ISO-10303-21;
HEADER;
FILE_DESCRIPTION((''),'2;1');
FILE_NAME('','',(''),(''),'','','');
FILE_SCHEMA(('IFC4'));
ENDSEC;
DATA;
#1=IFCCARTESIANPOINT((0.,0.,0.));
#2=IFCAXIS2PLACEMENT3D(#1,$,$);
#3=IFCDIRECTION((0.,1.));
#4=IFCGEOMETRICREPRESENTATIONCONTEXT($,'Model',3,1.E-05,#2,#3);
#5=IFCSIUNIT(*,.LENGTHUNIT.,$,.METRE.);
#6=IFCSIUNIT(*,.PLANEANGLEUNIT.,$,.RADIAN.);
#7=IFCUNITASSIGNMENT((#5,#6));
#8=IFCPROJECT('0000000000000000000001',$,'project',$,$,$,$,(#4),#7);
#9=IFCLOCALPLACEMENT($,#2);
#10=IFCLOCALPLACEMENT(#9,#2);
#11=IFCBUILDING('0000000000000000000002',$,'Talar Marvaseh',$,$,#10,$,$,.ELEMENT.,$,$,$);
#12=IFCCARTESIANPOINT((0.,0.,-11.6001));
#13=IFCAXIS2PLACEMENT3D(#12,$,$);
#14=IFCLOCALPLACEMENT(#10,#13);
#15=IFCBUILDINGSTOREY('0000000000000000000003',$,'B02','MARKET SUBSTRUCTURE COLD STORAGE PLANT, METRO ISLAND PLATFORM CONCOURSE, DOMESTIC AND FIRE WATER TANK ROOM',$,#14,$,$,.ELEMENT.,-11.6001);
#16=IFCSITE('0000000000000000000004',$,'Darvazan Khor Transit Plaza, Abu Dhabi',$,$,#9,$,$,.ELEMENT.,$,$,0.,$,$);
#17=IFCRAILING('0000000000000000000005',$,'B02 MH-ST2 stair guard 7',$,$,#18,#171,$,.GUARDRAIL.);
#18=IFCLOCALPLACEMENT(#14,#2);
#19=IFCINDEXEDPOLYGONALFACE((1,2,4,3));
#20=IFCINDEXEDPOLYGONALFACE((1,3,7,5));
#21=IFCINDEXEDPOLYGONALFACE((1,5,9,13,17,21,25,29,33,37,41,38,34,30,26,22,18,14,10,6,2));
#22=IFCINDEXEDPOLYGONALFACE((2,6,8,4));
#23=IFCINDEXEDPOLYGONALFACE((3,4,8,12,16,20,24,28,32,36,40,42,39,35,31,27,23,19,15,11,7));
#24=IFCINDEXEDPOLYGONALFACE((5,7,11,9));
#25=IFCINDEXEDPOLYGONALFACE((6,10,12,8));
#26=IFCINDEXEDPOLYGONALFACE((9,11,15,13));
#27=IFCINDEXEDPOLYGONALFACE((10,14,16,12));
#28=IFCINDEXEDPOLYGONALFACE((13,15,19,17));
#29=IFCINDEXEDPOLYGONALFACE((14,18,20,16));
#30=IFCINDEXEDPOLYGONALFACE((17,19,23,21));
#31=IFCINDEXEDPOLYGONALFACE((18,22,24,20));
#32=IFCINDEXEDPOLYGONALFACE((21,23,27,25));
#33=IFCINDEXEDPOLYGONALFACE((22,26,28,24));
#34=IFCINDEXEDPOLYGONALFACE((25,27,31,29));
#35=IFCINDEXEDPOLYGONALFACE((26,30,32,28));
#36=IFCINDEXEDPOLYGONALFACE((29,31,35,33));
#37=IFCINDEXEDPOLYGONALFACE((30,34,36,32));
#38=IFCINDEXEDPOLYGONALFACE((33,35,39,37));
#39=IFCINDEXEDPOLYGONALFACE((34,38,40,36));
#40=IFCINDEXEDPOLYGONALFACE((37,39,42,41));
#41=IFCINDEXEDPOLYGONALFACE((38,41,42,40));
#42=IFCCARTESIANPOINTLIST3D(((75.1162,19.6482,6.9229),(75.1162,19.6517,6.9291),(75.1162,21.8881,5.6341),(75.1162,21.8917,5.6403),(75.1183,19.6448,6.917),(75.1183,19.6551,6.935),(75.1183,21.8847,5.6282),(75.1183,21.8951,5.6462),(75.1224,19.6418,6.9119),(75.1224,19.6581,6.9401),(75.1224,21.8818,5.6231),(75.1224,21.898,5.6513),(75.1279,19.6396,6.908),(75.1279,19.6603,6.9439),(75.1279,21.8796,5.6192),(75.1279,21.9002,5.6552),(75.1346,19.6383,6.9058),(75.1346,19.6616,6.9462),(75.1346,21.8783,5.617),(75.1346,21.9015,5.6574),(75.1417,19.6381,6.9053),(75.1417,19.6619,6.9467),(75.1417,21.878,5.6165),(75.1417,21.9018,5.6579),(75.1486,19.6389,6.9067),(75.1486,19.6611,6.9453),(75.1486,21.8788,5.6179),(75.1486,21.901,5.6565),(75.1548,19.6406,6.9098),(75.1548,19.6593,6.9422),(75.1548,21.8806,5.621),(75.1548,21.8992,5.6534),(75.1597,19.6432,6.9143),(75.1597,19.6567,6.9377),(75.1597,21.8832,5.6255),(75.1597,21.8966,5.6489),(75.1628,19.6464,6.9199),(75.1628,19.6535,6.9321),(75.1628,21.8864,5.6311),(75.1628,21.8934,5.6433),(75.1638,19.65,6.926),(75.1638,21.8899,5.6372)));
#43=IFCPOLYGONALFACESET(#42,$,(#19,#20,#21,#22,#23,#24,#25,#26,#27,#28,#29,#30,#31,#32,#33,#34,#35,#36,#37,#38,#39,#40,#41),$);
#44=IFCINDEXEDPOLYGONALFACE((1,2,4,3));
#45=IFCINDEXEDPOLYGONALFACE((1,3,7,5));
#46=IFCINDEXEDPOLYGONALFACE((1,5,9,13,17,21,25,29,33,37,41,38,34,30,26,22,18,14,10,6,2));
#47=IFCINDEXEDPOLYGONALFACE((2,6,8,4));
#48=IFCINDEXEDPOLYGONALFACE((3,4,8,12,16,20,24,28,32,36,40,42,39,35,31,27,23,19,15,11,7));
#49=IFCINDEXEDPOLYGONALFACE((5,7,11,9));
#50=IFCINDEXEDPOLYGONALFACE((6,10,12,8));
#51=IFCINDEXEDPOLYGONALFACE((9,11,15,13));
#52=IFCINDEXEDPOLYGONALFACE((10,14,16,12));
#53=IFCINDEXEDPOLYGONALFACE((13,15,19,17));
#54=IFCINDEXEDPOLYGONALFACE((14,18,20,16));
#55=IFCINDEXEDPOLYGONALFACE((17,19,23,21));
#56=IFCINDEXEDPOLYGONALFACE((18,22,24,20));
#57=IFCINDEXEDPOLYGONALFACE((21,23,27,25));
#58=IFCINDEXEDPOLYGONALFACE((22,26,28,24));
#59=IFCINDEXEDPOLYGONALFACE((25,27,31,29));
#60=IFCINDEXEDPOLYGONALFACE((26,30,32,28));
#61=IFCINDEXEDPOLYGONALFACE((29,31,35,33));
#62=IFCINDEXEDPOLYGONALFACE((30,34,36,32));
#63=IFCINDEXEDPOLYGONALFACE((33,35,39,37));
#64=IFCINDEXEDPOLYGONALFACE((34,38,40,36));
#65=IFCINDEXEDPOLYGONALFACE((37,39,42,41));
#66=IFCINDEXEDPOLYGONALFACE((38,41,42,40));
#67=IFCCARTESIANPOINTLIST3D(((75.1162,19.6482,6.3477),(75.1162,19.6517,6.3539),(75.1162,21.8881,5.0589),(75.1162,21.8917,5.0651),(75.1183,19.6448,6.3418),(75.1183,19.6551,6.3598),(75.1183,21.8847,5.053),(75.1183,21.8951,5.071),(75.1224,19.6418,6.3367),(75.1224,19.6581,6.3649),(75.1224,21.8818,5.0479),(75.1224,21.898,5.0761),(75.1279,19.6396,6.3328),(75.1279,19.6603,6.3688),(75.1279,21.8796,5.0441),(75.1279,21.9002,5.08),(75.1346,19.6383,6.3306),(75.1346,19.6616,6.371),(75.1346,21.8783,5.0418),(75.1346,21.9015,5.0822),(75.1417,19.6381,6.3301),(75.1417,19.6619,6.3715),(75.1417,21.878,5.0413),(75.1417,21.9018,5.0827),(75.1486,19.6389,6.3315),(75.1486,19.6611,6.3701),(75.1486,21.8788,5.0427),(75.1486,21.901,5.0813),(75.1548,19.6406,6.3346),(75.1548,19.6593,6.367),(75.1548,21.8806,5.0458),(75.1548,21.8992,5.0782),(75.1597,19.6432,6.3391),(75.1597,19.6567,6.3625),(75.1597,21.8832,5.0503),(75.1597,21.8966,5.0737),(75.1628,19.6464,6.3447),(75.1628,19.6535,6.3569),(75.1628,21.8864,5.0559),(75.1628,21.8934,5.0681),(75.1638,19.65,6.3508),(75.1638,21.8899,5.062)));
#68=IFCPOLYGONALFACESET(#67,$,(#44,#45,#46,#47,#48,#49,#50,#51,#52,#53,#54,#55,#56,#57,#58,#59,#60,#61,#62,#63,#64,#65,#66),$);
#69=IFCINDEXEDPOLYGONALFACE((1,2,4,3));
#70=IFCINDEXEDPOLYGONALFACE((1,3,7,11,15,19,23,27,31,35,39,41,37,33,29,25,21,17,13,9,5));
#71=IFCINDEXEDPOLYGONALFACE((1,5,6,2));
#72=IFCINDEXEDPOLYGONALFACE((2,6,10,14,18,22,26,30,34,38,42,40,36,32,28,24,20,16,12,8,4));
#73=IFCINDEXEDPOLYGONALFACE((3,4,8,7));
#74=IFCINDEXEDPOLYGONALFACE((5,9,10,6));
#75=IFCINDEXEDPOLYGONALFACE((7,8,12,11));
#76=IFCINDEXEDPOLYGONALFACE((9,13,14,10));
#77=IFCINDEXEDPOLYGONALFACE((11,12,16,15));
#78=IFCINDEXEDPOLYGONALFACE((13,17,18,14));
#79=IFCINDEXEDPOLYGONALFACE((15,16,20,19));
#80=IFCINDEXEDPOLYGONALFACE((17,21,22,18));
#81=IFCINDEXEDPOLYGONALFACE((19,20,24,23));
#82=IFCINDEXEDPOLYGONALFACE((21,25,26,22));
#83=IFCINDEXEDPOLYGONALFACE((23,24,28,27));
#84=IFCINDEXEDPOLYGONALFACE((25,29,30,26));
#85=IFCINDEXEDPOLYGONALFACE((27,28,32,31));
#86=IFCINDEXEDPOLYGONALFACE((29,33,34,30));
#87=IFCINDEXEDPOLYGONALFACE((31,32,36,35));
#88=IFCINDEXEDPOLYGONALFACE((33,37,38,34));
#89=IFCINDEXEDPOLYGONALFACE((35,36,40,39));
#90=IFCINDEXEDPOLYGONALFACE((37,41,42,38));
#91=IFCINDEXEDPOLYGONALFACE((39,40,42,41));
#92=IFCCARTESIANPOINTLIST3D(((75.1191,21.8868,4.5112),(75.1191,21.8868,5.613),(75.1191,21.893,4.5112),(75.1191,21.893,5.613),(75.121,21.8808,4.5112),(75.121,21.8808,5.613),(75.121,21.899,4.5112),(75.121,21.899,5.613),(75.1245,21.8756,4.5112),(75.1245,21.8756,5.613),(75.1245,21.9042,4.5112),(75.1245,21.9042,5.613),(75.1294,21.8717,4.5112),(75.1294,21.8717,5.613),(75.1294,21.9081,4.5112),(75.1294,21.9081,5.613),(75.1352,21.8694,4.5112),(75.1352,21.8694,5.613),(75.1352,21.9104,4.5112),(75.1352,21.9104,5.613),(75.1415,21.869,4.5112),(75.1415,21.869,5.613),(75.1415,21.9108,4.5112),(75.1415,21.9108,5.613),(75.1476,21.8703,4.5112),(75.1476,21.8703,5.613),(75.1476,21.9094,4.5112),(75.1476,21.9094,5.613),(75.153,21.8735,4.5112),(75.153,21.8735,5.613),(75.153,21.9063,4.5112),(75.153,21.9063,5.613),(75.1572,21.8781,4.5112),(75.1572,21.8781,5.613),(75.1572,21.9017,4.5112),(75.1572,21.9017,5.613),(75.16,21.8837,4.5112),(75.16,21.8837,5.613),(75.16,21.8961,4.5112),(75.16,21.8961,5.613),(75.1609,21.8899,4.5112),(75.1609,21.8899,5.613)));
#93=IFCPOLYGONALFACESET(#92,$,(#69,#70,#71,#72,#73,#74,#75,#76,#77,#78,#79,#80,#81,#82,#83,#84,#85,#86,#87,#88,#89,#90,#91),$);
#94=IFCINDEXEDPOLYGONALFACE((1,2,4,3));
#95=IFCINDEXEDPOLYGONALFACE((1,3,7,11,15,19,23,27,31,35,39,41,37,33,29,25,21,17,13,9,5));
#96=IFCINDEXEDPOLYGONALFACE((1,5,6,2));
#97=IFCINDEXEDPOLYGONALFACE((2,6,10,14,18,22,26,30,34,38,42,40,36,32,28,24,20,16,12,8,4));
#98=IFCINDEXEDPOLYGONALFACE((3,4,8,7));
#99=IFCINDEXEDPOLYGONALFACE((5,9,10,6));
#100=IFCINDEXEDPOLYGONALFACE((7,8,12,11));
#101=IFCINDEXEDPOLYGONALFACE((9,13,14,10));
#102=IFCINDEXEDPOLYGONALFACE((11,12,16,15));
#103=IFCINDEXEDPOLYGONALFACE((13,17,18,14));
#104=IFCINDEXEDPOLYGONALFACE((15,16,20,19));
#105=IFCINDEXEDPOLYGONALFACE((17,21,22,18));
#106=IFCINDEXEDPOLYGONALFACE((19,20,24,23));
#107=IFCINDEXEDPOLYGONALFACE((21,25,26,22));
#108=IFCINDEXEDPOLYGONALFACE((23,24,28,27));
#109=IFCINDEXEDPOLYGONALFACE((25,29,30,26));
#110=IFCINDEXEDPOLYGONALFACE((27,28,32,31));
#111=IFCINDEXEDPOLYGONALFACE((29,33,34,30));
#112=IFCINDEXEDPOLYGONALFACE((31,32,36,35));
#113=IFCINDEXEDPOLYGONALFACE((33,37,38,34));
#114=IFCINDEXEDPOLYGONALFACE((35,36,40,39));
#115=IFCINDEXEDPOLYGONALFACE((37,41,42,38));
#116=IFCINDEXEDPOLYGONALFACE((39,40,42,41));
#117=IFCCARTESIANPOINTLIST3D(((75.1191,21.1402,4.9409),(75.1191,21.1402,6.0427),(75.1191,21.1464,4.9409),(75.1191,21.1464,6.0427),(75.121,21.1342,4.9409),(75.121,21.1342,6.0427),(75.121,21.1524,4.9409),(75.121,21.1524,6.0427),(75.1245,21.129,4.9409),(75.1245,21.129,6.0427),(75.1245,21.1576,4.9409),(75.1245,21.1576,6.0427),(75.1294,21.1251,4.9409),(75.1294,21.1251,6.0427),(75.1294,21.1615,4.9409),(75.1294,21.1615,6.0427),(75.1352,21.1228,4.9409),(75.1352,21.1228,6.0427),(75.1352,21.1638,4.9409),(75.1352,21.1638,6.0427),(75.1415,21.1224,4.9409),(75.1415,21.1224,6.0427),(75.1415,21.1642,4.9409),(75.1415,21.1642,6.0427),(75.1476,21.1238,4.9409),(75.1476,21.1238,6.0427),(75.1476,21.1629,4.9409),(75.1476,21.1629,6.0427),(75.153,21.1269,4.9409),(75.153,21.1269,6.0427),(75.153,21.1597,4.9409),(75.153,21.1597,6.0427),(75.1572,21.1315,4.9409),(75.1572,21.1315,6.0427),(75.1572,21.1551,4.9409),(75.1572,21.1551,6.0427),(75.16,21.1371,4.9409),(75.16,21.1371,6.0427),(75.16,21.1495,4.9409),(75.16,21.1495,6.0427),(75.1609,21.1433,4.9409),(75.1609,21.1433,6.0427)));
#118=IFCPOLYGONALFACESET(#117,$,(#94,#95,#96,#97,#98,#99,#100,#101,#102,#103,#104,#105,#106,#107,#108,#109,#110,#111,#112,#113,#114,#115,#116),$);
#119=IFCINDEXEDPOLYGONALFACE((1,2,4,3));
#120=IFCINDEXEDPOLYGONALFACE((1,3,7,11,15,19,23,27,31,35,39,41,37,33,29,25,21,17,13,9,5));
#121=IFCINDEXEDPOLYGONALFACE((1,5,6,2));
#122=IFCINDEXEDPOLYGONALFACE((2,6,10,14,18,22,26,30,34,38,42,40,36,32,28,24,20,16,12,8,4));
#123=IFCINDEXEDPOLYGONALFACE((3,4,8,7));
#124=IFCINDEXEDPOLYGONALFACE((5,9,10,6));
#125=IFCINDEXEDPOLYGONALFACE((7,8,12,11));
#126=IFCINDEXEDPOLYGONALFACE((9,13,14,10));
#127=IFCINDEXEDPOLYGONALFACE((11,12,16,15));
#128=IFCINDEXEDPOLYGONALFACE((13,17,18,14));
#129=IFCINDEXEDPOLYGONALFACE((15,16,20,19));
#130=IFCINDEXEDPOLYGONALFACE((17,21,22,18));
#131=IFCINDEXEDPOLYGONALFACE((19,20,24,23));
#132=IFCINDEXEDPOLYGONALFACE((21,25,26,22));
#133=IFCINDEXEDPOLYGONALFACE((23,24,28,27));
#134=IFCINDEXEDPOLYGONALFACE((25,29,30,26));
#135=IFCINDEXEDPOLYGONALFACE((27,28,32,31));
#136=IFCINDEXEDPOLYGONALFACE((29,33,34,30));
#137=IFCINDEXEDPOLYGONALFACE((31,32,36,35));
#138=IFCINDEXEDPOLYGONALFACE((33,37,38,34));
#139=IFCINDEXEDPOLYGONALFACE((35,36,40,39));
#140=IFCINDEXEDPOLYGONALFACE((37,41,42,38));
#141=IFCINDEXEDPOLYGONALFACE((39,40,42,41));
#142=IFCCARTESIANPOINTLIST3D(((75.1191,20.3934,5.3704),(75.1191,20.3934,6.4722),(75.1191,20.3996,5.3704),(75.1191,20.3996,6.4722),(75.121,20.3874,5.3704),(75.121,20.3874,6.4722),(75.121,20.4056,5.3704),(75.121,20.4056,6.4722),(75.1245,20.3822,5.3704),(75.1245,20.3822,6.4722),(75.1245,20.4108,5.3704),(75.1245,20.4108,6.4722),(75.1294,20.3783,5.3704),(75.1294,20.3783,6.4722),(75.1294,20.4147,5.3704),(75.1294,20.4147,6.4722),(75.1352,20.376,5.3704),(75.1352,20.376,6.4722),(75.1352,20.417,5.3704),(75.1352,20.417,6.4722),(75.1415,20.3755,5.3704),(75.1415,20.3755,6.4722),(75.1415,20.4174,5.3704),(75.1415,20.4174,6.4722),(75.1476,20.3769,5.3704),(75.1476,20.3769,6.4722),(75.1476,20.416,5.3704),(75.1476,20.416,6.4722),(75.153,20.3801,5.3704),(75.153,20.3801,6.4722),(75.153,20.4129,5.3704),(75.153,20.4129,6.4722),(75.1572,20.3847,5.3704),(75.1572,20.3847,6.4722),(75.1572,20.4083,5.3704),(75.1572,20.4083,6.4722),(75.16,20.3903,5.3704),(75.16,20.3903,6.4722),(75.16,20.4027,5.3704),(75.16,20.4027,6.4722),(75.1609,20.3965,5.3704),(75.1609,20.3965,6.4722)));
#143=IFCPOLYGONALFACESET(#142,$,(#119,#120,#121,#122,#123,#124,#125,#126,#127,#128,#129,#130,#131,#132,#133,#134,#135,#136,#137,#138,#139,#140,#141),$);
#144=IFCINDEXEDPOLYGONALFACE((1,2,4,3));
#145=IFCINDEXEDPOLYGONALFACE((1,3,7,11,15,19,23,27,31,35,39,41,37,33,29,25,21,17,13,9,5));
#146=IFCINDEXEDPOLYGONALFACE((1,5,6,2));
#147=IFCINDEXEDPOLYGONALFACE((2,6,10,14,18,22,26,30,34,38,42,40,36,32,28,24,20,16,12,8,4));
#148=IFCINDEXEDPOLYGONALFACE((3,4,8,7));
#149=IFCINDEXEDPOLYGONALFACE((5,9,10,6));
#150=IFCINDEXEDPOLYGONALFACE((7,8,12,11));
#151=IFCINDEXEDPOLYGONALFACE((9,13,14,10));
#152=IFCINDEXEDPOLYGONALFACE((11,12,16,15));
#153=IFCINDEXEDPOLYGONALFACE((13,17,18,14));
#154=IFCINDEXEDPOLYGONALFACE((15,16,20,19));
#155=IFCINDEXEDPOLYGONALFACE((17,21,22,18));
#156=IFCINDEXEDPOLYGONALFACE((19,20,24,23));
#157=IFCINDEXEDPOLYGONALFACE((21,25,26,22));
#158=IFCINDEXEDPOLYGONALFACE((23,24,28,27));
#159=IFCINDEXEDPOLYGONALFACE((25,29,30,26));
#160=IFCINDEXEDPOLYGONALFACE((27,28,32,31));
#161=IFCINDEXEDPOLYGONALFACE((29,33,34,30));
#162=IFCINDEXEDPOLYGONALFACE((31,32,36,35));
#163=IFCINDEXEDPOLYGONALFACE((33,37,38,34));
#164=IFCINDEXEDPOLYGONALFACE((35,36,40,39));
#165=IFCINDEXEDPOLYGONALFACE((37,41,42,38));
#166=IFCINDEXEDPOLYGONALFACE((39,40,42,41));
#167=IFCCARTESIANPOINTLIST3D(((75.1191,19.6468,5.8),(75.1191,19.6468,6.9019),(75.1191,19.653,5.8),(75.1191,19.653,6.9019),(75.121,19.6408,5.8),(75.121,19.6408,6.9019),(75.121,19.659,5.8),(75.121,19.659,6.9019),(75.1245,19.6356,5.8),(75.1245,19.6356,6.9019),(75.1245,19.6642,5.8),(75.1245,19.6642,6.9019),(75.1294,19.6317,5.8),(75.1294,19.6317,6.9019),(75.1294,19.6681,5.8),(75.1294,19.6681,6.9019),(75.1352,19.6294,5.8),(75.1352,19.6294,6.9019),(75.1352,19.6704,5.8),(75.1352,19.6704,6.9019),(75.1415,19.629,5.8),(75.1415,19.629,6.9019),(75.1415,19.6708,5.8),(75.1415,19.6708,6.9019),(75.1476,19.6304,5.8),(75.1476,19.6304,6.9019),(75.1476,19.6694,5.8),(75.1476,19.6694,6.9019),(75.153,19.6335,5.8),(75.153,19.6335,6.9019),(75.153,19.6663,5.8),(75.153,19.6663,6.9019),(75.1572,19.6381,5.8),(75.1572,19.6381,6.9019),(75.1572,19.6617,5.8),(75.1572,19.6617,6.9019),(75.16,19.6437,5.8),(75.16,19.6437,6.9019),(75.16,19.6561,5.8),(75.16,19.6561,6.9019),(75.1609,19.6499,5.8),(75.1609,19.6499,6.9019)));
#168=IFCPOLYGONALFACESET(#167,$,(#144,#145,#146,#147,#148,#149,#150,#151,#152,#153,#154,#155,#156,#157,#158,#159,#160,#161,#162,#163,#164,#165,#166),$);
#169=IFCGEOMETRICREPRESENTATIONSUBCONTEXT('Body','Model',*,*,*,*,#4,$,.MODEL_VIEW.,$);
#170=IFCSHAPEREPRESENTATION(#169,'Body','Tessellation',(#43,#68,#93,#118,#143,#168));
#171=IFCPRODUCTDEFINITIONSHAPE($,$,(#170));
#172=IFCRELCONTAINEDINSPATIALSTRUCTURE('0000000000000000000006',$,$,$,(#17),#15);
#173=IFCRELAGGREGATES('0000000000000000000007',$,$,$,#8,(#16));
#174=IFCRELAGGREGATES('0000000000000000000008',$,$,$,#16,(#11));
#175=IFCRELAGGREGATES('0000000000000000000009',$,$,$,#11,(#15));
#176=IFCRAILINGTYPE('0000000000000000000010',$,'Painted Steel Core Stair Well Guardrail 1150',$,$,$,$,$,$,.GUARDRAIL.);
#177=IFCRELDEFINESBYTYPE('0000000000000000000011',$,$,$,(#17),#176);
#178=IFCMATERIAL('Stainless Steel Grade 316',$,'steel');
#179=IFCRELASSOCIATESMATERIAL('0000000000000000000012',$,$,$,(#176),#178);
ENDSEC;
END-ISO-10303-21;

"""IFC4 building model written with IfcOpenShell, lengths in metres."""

from ifc_helpers import new_model, si_unit, direction, frame, origin, origin_2d, place, context, subcontext, project, spatial, circle, extrude, material, type_object, element, save


model = new_model("IFC4")

# Units and contexts
model_context = context("Model", 3, precision=1e-05, world=origin(), true_north=direction((0.0, 1.0)))
body_context = subcontext(model_context, "Body", "Model", "MODEL_VIEW")
ifc_project = project(units=[si_unit("LENGTHUNIT", "METRE"), si_unit("PLANEANGLEUNIT", "RADIAN")], contexts=[model_context])

# Site, building, storey
site_placement = place(None, origin())
site = spatial("IfcSite", under=ifc_project, at=site_placement, Name="Darvazan Khor Transit Plaza, Abu Dhabi", CompositionType="ELEMENT", RefElevation=0.0)
building_placement = place(site_placement, origin())
building = spatial("IfcBuilding", under=site, at=building_placement, Name="Talar Marvaseh", CompositionType="ELEMENT")
storey_placement = place(building_placement, frame((0.0, 0.0, -11.6001)))
storey = spatial("IfcBuildingStorey", under=building, at=storey_placement, Name="B02", Description="MARKET SUBSTRUCTURE COLD STORAGE PLANT, METRO ISLAND PLATFORM CONCOURSE, DOMESTIC AND FIRE WATER TANK ROOM", CompositionType="ELEMENT", Elevation=-11.6001)

# Railing
ifc_material_1 = material(Name="Stainless Steel Grade 316", Category="steel")
railing_type_1 = type_object("IfcRailingType", Name="Painted Steel Core Stair Well Guardrail 1150", PredefinedType="GUARDRAIL", material=ifc_material_1)
railing_1_placement = place(storey_placement, frame((75.1399, 21.8899, 4.5112)))
element("IfcRailing", 1, at=railing_1_placement, inside=storey, type_object=railing_type_1, Name="B02 MH-ST2 stair guard 7", PredefinedType="GUARDRAIL", context=body_context, shape_type="SweptSolid", body=[
    extrude(circle(Radius=0.0239, at=origin_2d()), frame((0.0, 0.0, 1.126), z_axis=(0.0, -0.866768, 0.498711), x_axis=(1.0, 0.0, 0.0)), (0.0, 0.0, 1.0), 2.5842),
    extrude(circle(Radius=0.0239, at=origin_2d()), frame((0.0, 0.0, 0.5508), z_axis=(0.0, -0.866768, 0.498711), x_axis=(1.0, 0.0, 0.0)), (0.0, 0.0, 1.0), 2.5842),
    extrude(circle(Radius=0.021, at=origin_2d()), origin(), (0.0, 0.0, 1.0), 1.1018),
    extrude(circle(Radius=0.021, at=origin_2d()), frame((0.0, -0.7466, 0.4297)), (0.0, 0.0, 1.0), 1.1018),
    extrude(circle(Radius=0.021, at=origin_2d()), frame((0.0, -1.4934, 0.8591)), (0.0, 0.0, 1.0), 1.1018),
    extrude(circle(Radius=0.021, at=origin_2d()), frame((0.0, -2.24, 1.2888)), (0.0, 0.0, 1.0), 1.1018),
])

save(model, "model.ifc")
